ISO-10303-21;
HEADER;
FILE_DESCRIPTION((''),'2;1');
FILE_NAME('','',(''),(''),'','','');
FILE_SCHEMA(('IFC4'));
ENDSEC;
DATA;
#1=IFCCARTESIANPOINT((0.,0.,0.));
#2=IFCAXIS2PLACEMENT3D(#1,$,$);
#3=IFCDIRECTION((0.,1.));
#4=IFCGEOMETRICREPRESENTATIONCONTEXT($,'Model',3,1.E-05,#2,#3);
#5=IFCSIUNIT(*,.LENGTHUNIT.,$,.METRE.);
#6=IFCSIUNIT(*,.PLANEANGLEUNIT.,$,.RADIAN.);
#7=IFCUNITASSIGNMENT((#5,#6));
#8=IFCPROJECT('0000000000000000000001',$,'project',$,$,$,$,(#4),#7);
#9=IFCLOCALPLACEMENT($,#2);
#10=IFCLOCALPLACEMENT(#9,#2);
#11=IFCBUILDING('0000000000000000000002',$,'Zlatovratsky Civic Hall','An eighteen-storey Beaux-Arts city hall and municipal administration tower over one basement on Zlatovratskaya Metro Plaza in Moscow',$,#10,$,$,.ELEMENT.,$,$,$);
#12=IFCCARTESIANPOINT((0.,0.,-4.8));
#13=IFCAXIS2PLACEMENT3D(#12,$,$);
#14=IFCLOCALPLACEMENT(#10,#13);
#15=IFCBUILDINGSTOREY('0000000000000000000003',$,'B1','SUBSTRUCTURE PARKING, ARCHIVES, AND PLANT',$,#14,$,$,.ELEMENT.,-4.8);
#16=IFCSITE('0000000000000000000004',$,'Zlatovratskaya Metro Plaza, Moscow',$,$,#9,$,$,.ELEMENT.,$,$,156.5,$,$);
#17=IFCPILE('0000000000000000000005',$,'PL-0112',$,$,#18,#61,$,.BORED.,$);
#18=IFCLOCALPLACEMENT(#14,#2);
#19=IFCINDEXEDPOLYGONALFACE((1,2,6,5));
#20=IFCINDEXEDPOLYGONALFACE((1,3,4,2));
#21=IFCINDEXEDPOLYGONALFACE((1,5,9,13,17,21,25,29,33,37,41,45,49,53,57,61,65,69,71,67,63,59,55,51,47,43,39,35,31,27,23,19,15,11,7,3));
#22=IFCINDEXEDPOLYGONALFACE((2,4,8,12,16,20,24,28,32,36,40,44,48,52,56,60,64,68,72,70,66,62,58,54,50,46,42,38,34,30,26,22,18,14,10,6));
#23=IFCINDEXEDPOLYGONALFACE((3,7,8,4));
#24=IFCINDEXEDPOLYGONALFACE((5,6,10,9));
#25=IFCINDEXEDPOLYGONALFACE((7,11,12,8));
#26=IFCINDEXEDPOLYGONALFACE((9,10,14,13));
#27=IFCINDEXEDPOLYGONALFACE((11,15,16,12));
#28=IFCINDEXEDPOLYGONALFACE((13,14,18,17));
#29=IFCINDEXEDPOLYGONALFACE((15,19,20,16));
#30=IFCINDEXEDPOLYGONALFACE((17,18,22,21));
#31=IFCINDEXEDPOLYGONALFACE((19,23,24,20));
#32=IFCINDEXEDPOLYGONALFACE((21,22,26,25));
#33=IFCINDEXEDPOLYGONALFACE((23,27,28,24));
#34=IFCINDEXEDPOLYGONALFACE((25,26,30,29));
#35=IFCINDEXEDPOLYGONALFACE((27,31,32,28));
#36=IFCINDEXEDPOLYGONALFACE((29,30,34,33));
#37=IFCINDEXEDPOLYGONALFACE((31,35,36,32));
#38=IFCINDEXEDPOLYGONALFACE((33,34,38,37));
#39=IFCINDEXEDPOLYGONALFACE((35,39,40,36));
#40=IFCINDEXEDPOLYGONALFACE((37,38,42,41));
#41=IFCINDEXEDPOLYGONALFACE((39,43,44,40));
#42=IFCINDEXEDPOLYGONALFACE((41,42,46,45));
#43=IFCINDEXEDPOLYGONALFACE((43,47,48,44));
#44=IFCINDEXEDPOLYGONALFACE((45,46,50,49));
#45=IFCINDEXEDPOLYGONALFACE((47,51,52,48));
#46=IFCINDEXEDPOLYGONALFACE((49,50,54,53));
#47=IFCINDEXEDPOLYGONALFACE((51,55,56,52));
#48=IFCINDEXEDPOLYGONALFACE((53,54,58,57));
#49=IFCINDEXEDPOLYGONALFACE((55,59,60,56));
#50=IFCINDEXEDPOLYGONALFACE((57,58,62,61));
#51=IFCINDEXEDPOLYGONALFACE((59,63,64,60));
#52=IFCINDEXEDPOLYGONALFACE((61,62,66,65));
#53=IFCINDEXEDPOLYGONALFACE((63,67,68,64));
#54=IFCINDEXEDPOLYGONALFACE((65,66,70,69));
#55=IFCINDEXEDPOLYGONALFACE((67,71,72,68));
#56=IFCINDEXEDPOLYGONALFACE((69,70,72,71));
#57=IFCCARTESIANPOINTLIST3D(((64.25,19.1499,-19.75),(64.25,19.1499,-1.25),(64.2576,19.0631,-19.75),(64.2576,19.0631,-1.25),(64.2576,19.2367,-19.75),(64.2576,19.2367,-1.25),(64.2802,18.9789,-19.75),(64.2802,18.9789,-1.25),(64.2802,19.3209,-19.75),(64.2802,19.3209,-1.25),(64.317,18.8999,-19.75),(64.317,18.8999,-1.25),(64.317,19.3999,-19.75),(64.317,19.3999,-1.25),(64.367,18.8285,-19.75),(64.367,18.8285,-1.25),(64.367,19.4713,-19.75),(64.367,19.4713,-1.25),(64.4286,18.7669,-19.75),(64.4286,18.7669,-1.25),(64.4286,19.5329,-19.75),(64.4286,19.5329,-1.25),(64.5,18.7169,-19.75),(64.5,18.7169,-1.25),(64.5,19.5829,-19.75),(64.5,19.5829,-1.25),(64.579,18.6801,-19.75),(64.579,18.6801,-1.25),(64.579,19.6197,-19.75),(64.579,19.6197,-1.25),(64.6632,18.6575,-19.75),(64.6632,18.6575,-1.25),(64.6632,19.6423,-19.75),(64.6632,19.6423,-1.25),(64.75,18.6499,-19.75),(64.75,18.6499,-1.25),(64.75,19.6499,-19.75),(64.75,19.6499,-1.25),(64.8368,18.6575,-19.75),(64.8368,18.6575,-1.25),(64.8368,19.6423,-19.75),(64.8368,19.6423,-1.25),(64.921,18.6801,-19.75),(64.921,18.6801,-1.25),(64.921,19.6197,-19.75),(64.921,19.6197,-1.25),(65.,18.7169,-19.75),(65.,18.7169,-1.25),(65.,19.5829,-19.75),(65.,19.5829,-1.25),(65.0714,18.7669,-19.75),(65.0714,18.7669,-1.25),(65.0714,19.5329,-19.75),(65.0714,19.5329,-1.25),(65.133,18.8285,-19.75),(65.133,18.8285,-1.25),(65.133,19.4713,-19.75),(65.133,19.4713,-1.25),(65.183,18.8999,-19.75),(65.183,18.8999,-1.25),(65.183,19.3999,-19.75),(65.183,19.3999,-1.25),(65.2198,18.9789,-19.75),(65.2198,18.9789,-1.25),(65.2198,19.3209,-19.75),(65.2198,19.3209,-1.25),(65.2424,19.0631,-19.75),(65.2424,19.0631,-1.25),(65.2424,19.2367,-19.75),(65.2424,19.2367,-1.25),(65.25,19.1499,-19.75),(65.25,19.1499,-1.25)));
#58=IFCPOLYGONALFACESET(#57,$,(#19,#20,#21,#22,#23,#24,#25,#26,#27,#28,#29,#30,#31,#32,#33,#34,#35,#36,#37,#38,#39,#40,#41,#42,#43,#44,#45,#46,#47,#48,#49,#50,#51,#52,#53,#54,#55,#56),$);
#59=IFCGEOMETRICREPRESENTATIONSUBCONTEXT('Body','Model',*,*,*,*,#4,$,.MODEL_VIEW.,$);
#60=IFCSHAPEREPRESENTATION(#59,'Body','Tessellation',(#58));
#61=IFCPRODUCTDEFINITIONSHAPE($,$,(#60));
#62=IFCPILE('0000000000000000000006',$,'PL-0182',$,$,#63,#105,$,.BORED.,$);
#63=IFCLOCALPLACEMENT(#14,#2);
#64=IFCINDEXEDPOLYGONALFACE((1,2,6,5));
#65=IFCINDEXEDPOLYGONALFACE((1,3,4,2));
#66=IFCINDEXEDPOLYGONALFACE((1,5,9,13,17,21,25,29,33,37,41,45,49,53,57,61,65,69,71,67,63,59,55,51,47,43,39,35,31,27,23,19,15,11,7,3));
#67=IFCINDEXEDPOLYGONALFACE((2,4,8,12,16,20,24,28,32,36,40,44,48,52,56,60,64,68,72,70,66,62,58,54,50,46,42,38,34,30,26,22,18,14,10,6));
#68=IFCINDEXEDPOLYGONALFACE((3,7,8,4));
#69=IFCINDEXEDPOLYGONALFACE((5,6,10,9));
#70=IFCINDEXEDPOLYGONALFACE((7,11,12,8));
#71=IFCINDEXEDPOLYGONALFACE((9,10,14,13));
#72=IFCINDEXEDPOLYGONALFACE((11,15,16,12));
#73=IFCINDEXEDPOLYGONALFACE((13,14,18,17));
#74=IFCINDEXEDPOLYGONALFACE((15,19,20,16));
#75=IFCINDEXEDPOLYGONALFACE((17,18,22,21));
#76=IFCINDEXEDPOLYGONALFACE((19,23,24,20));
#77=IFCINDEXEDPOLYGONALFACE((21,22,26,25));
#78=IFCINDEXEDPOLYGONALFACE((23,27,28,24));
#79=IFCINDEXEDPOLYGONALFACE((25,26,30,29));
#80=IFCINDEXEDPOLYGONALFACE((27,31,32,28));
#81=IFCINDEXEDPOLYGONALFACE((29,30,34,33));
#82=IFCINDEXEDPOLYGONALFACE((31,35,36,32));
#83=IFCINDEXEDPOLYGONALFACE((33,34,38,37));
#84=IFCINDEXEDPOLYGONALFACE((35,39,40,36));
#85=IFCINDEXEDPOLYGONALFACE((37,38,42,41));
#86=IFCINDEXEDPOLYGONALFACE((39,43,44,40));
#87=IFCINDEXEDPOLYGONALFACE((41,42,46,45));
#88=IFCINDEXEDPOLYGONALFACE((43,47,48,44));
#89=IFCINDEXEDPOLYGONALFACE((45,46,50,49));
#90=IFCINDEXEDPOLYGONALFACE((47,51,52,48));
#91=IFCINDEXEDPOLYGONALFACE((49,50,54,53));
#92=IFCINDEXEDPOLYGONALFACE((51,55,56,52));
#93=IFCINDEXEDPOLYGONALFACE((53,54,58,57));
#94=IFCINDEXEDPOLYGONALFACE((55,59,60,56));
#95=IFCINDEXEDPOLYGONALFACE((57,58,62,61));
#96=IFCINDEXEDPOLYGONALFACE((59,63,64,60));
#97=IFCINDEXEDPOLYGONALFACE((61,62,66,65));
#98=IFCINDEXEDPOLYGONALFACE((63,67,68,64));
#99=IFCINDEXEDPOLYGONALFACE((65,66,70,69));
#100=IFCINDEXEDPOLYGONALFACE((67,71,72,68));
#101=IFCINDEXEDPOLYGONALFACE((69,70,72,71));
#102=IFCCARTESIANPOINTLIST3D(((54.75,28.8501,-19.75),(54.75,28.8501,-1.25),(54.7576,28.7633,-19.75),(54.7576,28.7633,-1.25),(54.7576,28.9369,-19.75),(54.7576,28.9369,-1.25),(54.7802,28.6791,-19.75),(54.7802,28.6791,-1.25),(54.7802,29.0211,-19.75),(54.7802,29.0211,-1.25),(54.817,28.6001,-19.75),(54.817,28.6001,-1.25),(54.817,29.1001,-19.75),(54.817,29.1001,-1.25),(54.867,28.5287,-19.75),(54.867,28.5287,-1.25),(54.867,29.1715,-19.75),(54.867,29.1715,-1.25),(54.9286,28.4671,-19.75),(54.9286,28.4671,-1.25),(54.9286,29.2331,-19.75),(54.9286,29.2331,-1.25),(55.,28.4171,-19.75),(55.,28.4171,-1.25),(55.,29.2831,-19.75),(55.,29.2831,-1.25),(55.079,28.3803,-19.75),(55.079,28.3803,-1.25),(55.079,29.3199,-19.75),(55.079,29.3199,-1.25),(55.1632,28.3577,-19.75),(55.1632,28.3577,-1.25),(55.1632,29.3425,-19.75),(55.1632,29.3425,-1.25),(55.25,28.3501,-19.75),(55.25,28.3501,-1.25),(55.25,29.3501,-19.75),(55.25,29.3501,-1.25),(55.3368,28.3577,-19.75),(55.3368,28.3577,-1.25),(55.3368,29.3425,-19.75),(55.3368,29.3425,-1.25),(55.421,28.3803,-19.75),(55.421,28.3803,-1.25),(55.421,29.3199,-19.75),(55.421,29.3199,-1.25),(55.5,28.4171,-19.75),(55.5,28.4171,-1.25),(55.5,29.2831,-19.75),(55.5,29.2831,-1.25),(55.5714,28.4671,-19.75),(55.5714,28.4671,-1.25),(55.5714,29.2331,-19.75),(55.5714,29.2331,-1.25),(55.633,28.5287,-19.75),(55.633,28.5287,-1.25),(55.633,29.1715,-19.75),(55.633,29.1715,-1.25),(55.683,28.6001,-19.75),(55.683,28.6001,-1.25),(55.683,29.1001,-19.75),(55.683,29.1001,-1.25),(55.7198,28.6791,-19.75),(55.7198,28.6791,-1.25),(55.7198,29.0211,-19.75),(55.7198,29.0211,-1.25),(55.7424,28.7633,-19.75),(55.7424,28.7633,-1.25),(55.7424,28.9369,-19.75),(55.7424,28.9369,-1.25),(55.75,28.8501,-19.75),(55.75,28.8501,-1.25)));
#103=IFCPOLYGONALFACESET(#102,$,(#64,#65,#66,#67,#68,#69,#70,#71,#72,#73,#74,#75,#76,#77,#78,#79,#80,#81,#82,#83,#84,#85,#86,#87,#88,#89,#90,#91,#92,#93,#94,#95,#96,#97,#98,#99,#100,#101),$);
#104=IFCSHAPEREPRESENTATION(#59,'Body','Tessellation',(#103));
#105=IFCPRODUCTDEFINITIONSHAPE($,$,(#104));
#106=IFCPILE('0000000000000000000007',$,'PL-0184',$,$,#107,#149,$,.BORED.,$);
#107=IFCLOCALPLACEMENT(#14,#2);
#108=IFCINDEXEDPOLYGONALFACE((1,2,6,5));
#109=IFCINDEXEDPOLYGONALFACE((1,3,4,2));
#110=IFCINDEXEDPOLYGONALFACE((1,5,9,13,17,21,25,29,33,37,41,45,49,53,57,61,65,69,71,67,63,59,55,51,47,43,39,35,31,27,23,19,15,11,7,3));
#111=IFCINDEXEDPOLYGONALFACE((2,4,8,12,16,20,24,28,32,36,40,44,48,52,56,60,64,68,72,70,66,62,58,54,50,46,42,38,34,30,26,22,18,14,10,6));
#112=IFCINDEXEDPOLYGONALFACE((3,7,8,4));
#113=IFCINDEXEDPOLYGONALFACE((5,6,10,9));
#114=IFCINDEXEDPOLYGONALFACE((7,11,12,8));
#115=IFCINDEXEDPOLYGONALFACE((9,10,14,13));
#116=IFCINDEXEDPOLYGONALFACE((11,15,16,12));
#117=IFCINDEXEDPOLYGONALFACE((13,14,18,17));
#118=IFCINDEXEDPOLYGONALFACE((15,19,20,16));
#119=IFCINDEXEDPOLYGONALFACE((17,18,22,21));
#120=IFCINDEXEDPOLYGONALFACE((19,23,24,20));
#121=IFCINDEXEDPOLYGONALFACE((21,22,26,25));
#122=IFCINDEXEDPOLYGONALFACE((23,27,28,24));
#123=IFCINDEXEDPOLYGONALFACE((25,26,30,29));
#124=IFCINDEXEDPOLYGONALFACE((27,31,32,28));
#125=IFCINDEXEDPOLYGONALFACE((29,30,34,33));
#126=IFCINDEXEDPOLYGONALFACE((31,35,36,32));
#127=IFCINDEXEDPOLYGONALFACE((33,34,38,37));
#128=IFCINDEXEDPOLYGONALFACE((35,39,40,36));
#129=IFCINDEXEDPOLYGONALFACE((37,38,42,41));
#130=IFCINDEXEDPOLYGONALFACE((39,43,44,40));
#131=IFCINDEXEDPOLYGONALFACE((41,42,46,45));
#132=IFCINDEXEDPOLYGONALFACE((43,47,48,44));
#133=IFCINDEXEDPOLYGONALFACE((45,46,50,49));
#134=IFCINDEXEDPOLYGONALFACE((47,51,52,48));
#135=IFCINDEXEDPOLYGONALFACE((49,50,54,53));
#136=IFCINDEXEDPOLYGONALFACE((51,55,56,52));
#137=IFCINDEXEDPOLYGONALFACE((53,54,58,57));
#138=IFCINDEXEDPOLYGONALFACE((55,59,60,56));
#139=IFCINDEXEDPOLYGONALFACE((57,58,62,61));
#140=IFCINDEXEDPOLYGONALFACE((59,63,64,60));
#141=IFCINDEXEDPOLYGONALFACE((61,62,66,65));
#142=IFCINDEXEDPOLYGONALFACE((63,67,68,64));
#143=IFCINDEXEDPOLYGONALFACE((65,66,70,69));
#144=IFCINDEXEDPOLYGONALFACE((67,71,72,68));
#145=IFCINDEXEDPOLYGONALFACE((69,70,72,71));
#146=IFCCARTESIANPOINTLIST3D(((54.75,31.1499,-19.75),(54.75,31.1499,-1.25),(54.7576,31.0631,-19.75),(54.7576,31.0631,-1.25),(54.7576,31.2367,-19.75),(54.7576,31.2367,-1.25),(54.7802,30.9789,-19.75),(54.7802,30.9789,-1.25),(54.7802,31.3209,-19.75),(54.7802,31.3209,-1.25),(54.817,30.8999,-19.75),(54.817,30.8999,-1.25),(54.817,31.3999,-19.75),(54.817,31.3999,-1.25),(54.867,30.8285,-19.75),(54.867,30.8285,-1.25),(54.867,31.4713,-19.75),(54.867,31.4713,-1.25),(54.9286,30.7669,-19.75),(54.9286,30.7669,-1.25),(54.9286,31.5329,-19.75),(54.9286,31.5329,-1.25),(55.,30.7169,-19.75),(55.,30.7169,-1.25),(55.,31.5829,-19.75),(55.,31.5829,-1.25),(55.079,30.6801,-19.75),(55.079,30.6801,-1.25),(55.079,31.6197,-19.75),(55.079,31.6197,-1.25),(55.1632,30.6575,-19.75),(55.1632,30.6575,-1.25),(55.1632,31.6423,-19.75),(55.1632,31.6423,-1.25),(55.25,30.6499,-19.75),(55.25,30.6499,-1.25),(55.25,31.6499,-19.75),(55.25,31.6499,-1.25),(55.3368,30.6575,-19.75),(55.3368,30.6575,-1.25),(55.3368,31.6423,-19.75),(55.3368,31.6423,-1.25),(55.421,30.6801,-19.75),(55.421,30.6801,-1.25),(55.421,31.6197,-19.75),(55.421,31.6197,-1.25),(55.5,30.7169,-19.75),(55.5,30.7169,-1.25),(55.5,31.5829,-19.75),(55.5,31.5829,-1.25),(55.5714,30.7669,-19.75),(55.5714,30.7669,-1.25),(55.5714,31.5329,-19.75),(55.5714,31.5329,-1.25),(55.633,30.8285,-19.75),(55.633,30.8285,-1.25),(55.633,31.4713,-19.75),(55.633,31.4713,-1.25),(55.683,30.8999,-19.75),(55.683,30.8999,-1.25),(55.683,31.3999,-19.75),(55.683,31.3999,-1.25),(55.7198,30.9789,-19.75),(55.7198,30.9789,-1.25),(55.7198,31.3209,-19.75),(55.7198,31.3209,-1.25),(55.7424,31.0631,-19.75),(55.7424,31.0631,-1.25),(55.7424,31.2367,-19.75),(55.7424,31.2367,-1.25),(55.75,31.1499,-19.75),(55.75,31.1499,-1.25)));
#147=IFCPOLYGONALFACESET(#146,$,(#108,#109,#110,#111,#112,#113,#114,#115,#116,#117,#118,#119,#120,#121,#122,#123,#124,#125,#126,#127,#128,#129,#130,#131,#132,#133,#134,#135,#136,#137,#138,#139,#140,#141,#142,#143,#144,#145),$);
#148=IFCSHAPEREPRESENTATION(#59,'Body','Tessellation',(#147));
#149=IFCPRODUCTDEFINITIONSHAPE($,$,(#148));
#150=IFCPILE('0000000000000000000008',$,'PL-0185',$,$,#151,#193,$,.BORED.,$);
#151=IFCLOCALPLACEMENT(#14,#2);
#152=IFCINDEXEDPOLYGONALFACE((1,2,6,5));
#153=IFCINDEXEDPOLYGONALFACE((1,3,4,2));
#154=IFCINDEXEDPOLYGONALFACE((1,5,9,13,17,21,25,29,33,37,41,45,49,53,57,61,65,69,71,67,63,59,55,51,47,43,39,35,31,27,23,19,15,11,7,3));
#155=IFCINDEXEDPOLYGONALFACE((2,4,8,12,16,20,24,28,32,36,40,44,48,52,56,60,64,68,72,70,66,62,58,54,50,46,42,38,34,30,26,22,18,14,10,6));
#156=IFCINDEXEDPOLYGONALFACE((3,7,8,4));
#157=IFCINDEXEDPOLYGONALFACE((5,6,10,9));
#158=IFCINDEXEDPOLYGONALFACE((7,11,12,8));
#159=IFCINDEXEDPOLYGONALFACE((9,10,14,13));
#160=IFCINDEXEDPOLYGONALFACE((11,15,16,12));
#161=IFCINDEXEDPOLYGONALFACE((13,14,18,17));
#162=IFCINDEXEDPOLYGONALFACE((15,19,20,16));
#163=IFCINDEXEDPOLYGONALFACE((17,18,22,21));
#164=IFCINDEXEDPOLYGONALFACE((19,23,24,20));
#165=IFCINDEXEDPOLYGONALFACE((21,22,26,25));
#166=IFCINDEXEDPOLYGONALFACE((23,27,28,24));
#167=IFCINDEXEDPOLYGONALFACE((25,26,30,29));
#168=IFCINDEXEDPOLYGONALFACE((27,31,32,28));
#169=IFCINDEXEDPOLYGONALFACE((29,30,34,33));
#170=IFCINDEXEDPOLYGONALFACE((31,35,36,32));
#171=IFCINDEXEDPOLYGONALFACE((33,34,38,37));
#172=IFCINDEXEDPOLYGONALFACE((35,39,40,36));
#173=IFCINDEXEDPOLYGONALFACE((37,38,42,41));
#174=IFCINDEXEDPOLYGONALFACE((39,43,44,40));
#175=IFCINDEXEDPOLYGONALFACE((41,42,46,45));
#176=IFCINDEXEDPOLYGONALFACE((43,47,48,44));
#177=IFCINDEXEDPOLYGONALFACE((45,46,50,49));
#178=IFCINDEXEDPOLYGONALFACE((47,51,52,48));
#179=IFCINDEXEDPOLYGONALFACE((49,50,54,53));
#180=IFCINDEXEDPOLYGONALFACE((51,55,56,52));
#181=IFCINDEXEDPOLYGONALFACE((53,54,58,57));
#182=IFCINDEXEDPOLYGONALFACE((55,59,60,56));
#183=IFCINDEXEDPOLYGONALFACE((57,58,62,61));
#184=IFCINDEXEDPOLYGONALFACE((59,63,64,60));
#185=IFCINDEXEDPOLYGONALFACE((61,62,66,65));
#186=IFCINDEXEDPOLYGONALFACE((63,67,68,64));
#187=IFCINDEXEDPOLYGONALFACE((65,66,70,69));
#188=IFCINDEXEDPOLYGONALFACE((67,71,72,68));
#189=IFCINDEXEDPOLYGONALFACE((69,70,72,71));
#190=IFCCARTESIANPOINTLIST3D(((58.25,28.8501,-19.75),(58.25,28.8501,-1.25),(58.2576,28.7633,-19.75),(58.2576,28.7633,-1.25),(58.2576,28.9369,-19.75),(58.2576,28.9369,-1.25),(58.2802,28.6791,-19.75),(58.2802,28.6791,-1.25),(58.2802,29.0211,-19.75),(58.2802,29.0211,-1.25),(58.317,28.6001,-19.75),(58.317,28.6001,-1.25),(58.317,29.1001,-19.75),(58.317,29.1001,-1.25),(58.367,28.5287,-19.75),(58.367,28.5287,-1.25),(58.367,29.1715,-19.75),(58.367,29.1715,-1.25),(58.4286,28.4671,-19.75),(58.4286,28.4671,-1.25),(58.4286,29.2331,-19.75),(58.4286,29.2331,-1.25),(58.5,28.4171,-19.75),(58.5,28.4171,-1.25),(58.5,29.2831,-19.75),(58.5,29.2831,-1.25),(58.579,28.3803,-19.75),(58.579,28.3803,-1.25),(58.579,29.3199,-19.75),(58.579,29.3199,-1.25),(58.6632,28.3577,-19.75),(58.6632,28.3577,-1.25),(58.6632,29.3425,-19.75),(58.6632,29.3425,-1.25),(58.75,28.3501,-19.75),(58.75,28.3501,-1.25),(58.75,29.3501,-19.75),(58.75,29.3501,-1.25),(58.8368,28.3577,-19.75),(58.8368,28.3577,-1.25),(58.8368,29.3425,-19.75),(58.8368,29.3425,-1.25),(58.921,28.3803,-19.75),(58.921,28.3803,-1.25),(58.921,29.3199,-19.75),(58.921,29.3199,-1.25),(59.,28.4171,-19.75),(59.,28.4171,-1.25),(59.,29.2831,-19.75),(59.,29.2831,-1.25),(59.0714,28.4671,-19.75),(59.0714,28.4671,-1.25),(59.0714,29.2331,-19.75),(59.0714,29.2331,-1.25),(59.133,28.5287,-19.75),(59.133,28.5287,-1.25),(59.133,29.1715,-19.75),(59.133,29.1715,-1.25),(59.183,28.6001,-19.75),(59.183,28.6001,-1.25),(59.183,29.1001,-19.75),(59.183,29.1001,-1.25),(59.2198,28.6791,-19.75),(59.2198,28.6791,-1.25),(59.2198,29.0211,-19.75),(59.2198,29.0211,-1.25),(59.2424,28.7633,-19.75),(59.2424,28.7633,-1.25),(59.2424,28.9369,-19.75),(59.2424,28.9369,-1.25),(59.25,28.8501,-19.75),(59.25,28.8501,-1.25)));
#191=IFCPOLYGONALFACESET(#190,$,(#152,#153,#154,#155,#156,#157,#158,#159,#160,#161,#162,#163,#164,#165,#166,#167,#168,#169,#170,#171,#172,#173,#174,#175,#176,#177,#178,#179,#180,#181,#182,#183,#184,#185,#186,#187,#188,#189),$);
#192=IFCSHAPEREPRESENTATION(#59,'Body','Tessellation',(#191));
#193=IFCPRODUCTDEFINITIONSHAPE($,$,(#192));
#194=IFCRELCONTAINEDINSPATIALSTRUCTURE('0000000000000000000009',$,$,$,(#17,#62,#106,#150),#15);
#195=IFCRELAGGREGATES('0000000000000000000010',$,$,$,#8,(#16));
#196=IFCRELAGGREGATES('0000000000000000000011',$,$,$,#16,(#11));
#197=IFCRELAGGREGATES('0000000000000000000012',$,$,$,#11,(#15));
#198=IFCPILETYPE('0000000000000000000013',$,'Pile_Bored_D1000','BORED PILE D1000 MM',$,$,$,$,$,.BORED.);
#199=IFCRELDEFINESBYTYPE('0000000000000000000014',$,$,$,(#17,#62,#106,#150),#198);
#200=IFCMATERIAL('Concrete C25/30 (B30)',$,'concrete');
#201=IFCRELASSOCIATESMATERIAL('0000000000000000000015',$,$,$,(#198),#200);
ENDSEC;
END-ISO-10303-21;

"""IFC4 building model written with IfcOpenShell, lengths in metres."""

from ifc_helpers import new_model, si_unit, direction, frame, origin, origin_2d, place, context, subcontext, project, spatial, circle, extrude, material, material_profile, profile_set, type_object, element, save


model = new_model("IFC4")

# Units and contexts
model_context = context("Model", 3, precision=1e-05, world=origin(), true_north=direction((0.0, 1.0)))
body_context = subcontext(model_context, "Body", "Model", "MODEL_VIEW")
ifc_project = project(units=[si_unit("LENGTHUNIT", "METRE"), si_unit("PLANEANGLEUNIT", "RADIAN")], contexts=[model_context])

# Site, building, storey
site_placement = place(None, origin())
site = spatial("IfcSite", under=ifc_project, at=site_placement, Name="Zlatovratskaya Metro Plaza, Moscow", CompositionType="ELEMENT", RefElevation=156.5)
building_placement = place(site_placement, origin())
building = spatial("IfcBuilding", under=site, at=building_placement, Name="Zlatovratsky Civic Hall", Description="An eighteen-storey Beaux-Arts city hall and municipal administration tower over one basement on Zlatovratskaya Metro Plaza in Moscow", CompositionType="ELEMENT")
storey_placement = place(building_placement, frame((0.0, 0.0, -4.8)))
storey = spatial("IfcBuildingStorey", under=building, at=storey_placement, Name="B1", Description="SUBSTRUCTURE PARKING, ARCHIVES, AND PLANT", CompositionType="ELEMENT", Elevation=-4.8)

# Shared definitions
ifc_material_1 = material(Name="Concrete C25/30 (B30)", Category="concrete")

# Piles
ifc_material_profile_1 = material_profile(ifc_material_1, circle(Radius=0.5, at=origin_2d()), Name="PILE D1000")
ifc_profile_set_1 = profile_set([ifc_material_profile_1], Name="Concrete C25/30 (B30)")
pile_type = type_object("IfcPileType", Name="Pile_Bored_D1000", Description="BORED PILE D1000 MM", PredefinedType="BORED", material=ifc_profile_set_1)
for number, where, z_axis, x_axis, name in (
    (1, (64.75, 19.1499, -1.25), (0.0, 0.0, -1.0), (1.0, 0.0, 0.0), "PL-0112"),
    (2, (55.25, 28.8501, -1.25), (0.0, 0.0, -1.0), (1.0, 0.0, 0.0), "PL-0182"),
    (3, (55.25, 31.1499, -1.25), (0.0, 0.0, -1.0), (1.0, 0.0, 0.0), "PL-0184"),
    (4, (58.75, 28.8501, -1.25), (0.0, 0.0, -1.0), (1.0, 0.0, 0.0), "PL-0185"),
):
    element("IfcPile", number, at=place(storey_placement, frame(where, z_axis=z_axis, x_axis=x_axis)), inside=storey, type_object=pile_type, Name=name, PredefinedType="BORED", context=body_context, shape_type="SweptSolid", body=[
        extrude(circle(Radius=0.5, at=origin_2d()), origin(), (0.0, 0.0, 1.0), 18.5),
    ])

save(model, "model.ifc")
